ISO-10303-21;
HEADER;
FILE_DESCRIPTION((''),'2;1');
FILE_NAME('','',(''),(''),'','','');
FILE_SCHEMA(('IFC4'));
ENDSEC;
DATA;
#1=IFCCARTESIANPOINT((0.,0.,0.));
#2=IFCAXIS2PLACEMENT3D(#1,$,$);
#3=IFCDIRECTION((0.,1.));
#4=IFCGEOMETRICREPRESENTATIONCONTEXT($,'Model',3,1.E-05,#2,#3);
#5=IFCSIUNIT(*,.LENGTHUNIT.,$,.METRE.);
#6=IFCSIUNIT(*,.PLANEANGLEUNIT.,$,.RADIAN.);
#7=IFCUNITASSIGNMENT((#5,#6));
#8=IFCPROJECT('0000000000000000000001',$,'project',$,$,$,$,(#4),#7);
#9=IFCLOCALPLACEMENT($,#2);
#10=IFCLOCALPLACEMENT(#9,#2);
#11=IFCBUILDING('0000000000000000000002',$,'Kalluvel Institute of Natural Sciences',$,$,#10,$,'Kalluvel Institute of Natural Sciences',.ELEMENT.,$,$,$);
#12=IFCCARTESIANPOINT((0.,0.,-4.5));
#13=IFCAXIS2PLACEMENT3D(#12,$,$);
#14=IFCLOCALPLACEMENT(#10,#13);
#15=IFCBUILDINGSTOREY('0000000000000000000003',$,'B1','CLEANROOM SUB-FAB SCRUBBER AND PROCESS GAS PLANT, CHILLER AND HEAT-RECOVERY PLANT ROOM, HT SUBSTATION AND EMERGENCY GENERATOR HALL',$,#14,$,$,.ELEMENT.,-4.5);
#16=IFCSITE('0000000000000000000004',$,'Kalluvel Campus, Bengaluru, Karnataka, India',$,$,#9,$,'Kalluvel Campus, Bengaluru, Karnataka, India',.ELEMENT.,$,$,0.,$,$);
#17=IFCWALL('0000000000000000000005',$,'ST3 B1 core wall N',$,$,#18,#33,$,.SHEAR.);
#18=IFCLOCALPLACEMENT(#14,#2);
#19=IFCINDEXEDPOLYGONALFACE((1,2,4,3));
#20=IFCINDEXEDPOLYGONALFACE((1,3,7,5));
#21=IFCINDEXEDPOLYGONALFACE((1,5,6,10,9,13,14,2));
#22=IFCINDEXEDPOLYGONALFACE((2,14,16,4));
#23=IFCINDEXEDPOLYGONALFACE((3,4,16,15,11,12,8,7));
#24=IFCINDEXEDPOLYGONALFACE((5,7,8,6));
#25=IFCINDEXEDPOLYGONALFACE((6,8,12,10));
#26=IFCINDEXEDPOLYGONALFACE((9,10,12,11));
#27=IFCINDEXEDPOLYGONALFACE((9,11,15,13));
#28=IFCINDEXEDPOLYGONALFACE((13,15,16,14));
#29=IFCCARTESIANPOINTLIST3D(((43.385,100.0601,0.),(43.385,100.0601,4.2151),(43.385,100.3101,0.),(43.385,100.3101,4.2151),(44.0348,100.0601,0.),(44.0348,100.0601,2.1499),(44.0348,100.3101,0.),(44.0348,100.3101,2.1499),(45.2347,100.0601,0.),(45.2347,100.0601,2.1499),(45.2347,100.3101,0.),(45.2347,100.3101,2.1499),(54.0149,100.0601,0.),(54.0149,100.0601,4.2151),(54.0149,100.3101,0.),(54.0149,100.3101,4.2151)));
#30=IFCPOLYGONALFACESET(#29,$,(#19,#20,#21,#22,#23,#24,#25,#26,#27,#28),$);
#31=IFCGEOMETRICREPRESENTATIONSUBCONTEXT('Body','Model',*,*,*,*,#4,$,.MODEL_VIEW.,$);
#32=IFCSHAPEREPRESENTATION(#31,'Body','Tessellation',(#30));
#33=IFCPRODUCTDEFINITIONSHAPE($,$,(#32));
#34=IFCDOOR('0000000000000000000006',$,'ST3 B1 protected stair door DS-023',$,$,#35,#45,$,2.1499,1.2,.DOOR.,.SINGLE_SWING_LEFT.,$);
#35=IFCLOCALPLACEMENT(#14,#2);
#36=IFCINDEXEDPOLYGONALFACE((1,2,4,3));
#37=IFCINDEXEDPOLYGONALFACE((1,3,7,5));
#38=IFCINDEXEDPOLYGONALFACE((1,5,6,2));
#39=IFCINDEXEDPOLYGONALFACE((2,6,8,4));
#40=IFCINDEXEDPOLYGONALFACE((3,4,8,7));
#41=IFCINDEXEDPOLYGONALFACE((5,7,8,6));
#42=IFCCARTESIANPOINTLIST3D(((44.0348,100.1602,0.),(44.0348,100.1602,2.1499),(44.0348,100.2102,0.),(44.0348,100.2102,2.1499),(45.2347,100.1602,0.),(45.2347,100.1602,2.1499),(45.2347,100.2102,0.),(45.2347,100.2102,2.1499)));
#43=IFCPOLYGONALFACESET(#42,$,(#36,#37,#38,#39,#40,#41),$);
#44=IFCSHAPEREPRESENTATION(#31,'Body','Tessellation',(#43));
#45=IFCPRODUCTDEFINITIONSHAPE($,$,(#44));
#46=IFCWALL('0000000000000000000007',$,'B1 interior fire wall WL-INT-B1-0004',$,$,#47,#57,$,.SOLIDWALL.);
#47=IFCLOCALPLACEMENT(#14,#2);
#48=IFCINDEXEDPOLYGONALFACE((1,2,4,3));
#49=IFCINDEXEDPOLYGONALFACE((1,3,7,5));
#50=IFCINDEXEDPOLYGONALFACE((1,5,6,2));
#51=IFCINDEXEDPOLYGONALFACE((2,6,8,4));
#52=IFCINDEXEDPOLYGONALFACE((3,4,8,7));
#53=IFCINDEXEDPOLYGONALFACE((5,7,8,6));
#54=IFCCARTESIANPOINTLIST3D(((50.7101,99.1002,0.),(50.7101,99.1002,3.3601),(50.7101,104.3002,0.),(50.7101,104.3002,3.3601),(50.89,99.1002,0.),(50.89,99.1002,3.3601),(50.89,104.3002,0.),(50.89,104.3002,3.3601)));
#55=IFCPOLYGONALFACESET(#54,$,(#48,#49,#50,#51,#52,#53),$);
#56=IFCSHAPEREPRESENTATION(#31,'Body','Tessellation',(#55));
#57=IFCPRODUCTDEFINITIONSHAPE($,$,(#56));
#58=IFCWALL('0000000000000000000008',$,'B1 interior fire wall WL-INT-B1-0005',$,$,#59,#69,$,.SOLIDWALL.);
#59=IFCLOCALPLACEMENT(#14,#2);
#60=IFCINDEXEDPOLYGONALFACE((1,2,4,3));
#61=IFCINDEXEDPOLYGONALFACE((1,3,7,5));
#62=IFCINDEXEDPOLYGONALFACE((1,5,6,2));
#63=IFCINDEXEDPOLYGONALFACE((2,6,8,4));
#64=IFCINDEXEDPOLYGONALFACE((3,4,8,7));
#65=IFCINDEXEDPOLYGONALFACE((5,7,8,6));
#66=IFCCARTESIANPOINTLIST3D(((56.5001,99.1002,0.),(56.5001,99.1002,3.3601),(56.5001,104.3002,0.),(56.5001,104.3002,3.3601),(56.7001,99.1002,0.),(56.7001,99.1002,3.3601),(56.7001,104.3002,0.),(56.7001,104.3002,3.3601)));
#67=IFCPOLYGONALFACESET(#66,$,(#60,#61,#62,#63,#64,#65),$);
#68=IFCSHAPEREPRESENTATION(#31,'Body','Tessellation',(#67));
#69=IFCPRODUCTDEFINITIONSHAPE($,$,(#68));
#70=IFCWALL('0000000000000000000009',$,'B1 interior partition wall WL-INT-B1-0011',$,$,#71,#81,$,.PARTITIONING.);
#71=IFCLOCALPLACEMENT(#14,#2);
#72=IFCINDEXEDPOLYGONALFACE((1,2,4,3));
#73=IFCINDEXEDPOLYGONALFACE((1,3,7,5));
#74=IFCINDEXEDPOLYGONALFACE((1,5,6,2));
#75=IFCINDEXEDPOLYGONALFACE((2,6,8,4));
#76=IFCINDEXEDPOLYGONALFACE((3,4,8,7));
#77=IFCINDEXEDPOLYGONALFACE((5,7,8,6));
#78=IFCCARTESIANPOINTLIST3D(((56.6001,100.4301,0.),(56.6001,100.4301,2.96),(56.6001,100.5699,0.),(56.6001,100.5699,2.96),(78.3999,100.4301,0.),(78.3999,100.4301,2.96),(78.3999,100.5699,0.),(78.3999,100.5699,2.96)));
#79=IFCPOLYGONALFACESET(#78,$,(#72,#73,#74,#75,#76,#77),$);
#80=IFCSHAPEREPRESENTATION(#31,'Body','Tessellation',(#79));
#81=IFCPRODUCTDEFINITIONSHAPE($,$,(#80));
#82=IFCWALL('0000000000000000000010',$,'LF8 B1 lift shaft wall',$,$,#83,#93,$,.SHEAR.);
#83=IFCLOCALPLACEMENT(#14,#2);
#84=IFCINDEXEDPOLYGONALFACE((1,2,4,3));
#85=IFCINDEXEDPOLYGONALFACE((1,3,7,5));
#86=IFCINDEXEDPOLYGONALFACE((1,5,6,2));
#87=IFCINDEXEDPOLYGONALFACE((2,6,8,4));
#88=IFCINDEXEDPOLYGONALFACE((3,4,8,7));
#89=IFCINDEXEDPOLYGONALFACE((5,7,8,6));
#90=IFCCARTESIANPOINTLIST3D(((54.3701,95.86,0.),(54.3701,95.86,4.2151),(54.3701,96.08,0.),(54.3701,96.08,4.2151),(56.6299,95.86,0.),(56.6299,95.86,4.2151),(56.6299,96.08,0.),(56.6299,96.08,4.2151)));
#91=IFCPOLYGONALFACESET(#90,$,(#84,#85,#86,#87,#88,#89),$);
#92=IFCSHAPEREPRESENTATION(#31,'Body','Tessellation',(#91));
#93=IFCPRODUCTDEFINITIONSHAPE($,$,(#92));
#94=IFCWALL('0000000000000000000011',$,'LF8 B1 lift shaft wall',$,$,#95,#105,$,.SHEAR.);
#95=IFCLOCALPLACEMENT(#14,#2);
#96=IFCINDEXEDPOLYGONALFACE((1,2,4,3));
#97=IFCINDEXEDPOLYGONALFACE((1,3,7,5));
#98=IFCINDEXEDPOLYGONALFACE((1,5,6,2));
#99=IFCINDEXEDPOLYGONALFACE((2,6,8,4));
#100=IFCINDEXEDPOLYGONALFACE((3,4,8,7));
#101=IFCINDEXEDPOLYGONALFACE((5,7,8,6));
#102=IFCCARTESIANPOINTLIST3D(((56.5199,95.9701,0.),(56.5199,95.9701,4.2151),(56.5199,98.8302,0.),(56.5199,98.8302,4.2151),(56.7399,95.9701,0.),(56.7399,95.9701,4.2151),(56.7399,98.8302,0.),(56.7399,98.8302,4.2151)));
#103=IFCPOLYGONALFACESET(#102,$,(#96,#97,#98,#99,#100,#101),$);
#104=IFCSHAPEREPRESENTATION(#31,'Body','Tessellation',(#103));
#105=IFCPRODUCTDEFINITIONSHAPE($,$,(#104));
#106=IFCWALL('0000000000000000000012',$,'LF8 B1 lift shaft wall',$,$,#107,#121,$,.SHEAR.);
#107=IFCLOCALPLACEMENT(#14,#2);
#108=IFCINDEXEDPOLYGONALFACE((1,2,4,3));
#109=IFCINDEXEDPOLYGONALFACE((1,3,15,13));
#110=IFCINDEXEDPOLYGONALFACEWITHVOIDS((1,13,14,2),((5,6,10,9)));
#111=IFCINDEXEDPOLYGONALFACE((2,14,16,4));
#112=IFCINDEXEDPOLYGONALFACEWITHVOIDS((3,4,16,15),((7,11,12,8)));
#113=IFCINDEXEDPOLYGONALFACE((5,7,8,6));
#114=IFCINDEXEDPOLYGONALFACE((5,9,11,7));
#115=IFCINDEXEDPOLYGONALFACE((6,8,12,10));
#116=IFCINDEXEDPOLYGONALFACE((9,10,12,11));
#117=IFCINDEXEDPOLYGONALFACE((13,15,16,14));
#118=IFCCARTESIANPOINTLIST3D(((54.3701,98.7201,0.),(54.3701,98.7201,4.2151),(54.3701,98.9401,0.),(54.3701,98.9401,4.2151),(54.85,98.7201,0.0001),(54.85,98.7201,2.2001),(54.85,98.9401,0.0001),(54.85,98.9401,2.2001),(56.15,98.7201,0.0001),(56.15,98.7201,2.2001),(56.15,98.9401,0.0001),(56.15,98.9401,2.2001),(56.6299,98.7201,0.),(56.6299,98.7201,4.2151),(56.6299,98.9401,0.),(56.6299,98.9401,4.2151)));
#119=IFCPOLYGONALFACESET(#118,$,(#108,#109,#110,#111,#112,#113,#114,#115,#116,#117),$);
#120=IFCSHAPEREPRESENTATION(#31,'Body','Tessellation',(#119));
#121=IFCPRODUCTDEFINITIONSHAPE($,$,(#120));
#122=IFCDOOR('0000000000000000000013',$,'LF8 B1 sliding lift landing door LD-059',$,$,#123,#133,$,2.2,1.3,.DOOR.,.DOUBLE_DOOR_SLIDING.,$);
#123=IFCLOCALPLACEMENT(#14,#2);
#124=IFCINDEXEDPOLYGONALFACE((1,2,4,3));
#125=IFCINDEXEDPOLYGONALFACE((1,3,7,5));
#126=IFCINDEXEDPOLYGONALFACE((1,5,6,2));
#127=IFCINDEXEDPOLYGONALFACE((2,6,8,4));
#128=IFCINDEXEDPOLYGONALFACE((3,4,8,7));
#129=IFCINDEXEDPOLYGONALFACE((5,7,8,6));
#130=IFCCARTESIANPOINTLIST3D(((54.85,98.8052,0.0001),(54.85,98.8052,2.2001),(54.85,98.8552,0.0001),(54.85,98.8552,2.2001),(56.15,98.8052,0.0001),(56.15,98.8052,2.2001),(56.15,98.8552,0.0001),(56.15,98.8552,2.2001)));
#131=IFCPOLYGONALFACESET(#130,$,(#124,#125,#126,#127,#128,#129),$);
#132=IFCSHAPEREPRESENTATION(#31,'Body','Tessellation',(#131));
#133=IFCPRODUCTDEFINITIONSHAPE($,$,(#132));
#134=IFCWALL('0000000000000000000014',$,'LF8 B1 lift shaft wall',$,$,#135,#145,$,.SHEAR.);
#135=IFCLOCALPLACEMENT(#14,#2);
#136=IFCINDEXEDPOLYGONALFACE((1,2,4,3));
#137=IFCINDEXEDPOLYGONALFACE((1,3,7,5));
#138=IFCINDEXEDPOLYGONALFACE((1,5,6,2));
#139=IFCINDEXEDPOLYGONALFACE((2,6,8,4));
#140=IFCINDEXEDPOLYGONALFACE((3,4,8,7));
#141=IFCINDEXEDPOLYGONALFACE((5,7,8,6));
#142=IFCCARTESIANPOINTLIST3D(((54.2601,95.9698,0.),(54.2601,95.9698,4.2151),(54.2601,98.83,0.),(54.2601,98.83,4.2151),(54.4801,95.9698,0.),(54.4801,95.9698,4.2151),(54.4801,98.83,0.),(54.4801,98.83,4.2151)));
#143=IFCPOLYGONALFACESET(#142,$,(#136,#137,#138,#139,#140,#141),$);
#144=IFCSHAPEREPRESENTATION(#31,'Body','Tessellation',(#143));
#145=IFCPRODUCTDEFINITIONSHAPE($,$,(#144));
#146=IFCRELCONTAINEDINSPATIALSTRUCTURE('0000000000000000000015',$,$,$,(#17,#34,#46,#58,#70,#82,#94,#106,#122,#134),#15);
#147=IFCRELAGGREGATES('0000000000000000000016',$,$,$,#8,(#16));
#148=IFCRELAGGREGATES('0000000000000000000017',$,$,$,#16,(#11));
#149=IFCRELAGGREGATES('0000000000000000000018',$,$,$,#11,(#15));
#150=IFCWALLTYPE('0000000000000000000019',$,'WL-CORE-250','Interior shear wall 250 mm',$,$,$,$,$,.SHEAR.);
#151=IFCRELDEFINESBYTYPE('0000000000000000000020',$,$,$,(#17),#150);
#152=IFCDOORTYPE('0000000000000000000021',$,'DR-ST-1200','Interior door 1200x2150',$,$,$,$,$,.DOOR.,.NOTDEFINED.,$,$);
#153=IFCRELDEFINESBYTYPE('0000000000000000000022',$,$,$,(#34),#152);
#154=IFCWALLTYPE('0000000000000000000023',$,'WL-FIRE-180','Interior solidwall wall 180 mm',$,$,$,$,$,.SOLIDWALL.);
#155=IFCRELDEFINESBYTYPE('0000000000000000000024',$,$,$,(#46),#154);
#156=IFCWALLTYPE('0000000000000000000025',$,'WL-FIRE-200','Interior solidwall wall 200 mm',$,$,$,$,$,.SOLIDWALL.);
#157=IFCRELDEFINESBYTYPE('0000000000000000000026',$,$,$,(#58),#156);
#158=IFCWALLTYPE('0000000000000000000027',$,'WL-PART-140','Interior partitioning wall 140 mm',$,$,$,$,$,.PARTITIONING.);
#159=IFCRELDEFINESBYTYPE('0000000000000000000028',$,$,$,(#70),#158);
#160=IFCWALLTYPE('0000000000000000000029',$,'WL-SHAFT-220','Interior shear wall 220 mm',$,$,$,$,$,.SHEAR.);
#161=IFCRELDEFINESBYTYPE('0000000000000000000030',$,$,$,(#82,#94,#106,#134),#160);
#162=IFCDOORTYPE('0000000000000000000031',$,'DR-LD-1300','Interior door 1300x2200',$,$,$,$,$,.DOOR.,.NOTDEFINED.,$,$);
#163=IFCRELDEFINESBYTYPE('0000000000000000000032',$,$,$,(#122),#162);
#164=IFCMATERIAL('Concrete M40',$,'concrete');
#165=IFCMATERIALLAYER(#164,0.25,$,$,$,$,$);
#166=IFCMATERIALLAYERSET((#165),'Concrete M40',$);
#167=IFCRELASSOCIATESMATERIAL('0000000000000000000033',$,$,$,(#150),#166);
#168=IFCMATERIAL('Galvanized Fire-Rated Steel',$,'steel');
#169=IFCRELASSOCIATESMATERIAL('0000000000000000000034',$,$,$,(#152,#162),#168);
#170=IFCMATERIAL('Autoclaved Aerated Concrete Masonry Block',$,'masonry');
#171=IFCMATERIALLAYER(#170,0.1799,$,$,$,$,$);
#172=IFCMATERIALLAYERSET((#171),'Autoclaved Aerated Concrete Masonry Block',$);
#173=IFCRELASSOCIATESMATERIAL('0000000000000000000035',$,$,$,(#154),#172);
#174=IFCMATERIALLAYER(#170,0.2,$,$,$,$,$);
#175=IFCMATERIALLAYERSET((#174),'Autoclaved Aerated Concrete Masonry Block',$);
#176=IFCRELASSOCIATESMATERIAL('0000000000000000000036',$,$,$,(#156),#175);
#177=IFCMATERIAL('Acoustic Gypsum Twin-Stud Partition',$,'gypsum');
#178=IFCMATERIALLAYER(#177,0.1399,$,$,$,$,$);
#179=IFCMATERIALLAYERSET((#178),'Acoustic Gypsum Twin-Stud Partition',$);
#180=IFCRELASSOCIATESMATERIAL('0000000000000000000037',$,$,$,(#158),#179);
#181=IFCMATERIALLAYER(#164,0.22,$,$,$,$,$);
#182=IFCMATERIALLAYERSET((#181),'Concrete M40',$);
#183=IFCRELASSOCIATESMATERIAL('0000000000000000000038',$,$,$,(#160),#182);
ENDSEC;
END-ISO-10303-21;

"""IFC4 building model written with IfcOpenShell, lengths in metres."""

from ifc_helpers import new_model, si_unit, direction, frame, frame_2d, origin, place, context, subcontext, project, spatial, rectangle, extrude, material, layer, layer_set, type_object, element, fill, save


model = new_model("IFC4")

# Units and contexts
model_context = context("Model", 3, precision=1e-05, world=origin(), true_north=direction((0.0, 1.0)))
body_context = subcontext(model_context, "Body", "Model", "MODEL_VIEW")
ifc_project = project(units=[si_unit("LENGTHUNIT", "METRE"), si_unit("PLANEANGLEUNIT", "RADIAN")], contexts=[model_context])

# Site, building, storey
site_placement = place(None, origin())
site = spatial("IfcSite", under=ifc_project, at=site_placement, Name="Kalluvel Campus, Bengaluru, Karnataka, India", LongName="Kalluvel Campus, Bengaluru, Karnataka, India", CompositionType="ELEMENT", RefElevation=0.0)
building_placement = place(site_placement, origin())
building = spatial("IfcBuilding", under=site, at=building_placement, Name="Kalluvel Institute of Natural Sciences", LongName="Kalluvel Institute of Natural Sciences", CompositionType="ELEMENT")
storey_placement = place(building_placement, frame((0.0, 0.0, -4.5)))
storey = spatial("IfcBuildingStorey", under=building, at=storey_placement, Name="B1", Description="CLEANROOM SUB-FAB SCRUBBER AND PROCESS GAS PLANT, CHILLER AND HEAT-RECOVERY PLANT ROOM, HT SUBSTATION AND EMERGENCY GENERATOR HALL", CompositionType="ELEMENT", Elevation=-4.5)

# Shared definitions
ifc_material_1 = material(Name="Concrete M40", Category="concrete")

# Shared definitions
ifc_layer_1 = layer(ifc_material_1, 0.25)
ifc_layer_set_1 = layer_set([ifc_layer_1], Name="Concrete M40")
wall_type_1 = type_object("IfcWallType", Name="WL-CORE-250", Description="Interior shear wall 250 mm", PredefinedType="SHEAR", material=ifc_layer_set_1)

# Wall, opening, door
wall_1_placement = place(storey_placement, frame((54.0149, 100.1851, 0.0), z_axis=(0.0, 0.0, 1.0), x_axis=(-1.0, 0.0, 0.0)))
wall_1 = element("IfcWall", 1, at=wall_1_placement, inside=storey, type_object=wall_type_1, Name="ST3 B1 core wall N", PredefinedType="SHEAR", context=body_context, shape_type="SweptSolid", body=[
    extrude(rectangle(XDim=10.6299, YDim=0.25, at=frame_2d((5.3149, 0.0))), origin(), (0.0, 0.0, 1.0), 4.2151),
])
opening_1_placement = place(wall_1_placement, frame((8.78, 0.0, 0.0)))
opening_1 = element("IfcOpeningElement", 2, at=opening_1_placement, cuts=wall_1, PredefinedType="OPENING", context=body_context, shape_type="SweptSolid", body=[
    extrude(rectangle(XDim=1.2, YDim=2.1499, at=frame_2d((0.6001, 1.075))), frame((0.0, 0.135, 0.0), z_axis=(0.0, -1.0, 0.0), x_axis=(1.0, 0.0, 0.0)), (0.0, 0.0, 1.0), 0.27),
])
ifc_material_2 = material(Name="Galvanized Fire-Rated Steel", Category="steel")
door_type_1 = type_object("IfcDoorType", Name="DR-ST-1200", Description="Interior door 1200x2150", OperationType="NOTDEFINED", PredefinedType="DOOR", material=ifc_material_2)
door_1_placement = place(opening_1_placement, origin())
door_1 = element("IfcDoor", 3, at=door_1_placement, inside=storey, type_object=door_type_1, Name="ST3 B1 protected stair door DS-023", OperationType="SINGLE_SWING_LEFT", OverallHeight=2.1499, OverallWidth=1.2, PredefinedType="DOOR", context=body_context, shape_type="SweptSolid", body=[
    extrude(rectangle(XDim=1.2, YDim=2.1499, at=frame_2d((0.6001, 1.075))), frame((0.0, 0.0249, 0.0), z_axis=(0.0, -1.0, 0.0), x_axis=(1.0, 0.0, 0.0)), (0.0, 0.0, 1.0), 0.05),
])
fill(opening_1, door_1)

# Walls
ifc_material_3 = material(Name="Autoclaved Aerated Concrete Masonry Block", Category="masonry")
ifc_layer_2 = layer(ifc_material_3, 0.1799)
ifc_layer_set_2 = layer_set([ifc_layer_2], Name="Autoclaved Aerated Concrete Masonry Block")
wall_type_2 = type_object("IfcWallType", Name="WL-FIRE-180", Description="Interior solidwall wall 180 mm", PredefinedType="SOLIDWALL", material=ifc_layer_set_2)
wall_2_placement = place(storey_placement, frame((50.8, 99.1001, 0.0), z_axis=(0.0, 0.0, 1.0), x_axis=(0.0, 1.0, 0.0)))
element("IfcWall", 4, at=wall_2_placement, inside=storey, type_object=wall_type_2, Name="B1 interior fire wall WL-INT-B1-0004", PredefinedType="SOLIDWALL", context=body_context, shape_type="SweptSolid", body=[
    extrude(rectangle(XDim=5.2, YDim=0.1799, at=frame_2d((2.6001, 0.0))), origin(), (0.0, 0.0, 1.0), 3.3601),
])
ifc_layer_3 = layer(ifc_material_3, 0.2)
ifc_layer_set_3 = layer_set([ifc_layer_3], Name="Autoclaved Aerated Concrete Masonry Block")
wall_type_3 = type_object("IfcWallType", Name="WL-FIRE-200", Description="Interior solidwall wall 200 mm", PredefinedType="SOLIDWALL", material=ifc_layer_set_3)
wall_3_placement = place(storey_placement, frame((56.6001, 99.1001, 0.0), z_axis=(0.0, 0.0, 1.0), x_axis=(0.0, 1.0, 0.0)))
element("IfcWall", 5, at=wall_3_placement, inside=storey, type_object=wall_type_3, Name="B1 interior fire wall WL-INT-B1-0005", PredefinedType="SOLIDWALL", context=body_context, shape_type="SweptSolid", body=[
    extrude(rectangle(XDim=5.2, YDim=0.2, at=frame_2d((2.6001, 0.0))), origin(), (0.0, 0.0, 1.0), 3.3601),
])
ifc_material_4 = material(Name="Acoustic Gypsum Twin-Stud Partition", Category="gypsum")
ifc_layer_4 = layer(ifc_material_4, 0.1399)
ifc_layer_set_4 = layer_set([ifc_layer_4], Name="Acoustic Gypsum Twin-Stud Partition")
wall_type_4 = type_object("IfcWallType", Name="WL-PART-140", Description="Interior partitioning wall 140 mm", PredefinedType="PARTITIONING", material=ifc_layer_set_4)
wall_4_placement = place(storey_placement, frame((56.6001, 100.5, 0.0), z_axis=(0.0, 0.0, 1.0), x_axis=(1.0, 0.0, 0.0)))
element("IfcWall", 6, at=wall_4_placement, inside=storey, type_object=wall_type_4, Name="B1 interior partition wall WL-INT-B1-0011", PredefinedType="PARTITIONING", context=body_context, shape_type="SweptSolid", body=[
    extrude(rectangle(XDim=21.7998, YDim=0.1399, at=frame_2d((10.8999, 0.0))), origin(), (0.0, 0.0, 1.0), 2.96),
])
ifc_layer_5 = layer(ifc_material_1, 0.22)
ifc_layer_set_5 = layer_set([ifc_layer_5], Name="Concrete M40")
wall_type_5 = type_object("IfcWallType", Name="WL-SHAFT-220", Description="Interior shear wall 220 mm", PredefinedType="SHEAR", material=ifc_layer_set_5)
wall_5_placement = place(storey_placement, frame((54.3701, 95.97, 0.0), z_axis=(0.0, 0.0, 1.0), x_axis=(1.0, 0.0, 0.0)))
element("IfcWall", 7, at=wall_5_placement, inside=storey, type_object=wall_type_5, Name="LF8 B1 lift shaft wall", PredefinedType="SHEAR", context=body_context, shape_type="SweptSolid", body=[
    extrude(rectangle(XDim=2.2598, YDim=0.22, at=frame_2d((1.1299, 0.0))), origin(), (0.0, 0.0, 1.0), 4.2151),
])
wall_6_placement = place(storey_placement, frame((56.6299, 95.97, 0.0), z_axis=(0.0, 0.0, 1.0), x_axis=(0.0, 1.0, 0.0)))
element("IfcWall", 8, at=wall_6_placement, inside=storey, type_object=wall_type_5, Name="LF8 B1 lift shaft wall", PredefinedType="SHEAR", context=body_context, shape_type="SweptSolid", body=[
    extrude(rectangle(XDim=2.8601, YDim=0.22, at=frame_2d((1.4302, 0.0))), origin(), (0.0, 0.0, 1.0), 4.2151),
])

# Wall, opening, door
wall_7_placement = place(storey_placement, frame((56.6299, 98.8301, 0.0), z_axis=(0.0, 0.0, 1.0), x_axis=(-1.0, 0.0, 0.0)))
wall_7 = element("IfcWall", 9, at=wall_7_placement, inside=storey, type_object=wall_type_5, Name="LF8 B1 lift shaft wall", PredefinedType="SHEAR", context=body_context, shape_type="SweptSolid", body=[
    extrude(rectangle(XDim=2.2598, YDim=0.22, at=frame_2d((1.1299, 0.0))), origin(), (0.0, 0.0, 1.0), 4.2151),
])
opening_2_placement = place(wall_7_placement, frame((0.48, 0.0, 0.0)))
opening_2 = element("IfcOpeningElement", 10, at=opening_2_placement, cuts=wall_7, PredefinedType="OPENING", context=body_context, shape_type="SweptSolid", body=[
    extrude(rectangle(XDim=1.3, YDim=2.2, at=frame_2d((0.6499, 1.1001))), frame((0.0, 0.1199, 0.0), z_axis=(0.0, -1.0, 0.0), x_axis=(1.0, 0.0, 0.0)), (0.0, 0.0, 1.0), 0.24),
])
door_type_2 = type_object("IfcDoorType", Name="DR-LD-1300", Description="Interior door 1300x2200", OperationType="NOTDEFINED", PredefinedType="DOOR", material=ifc_material_2)
door_2_placement = place(opening_2_placement, origin())
door_2 = element("IfcDoor", 11, at=door_2_placement, inside=storey, type_object=door_type_2, Name="LF8 B1 sliding lift landing door LD-059", OperationType="DOUBLE_DOOR_SLIDING", OverallHeight=2.2, OverallWidth=1.3, PredefinedType="DOOR", context=body_context, shape_type="SweptSolid", body=[
    extrude(rectangle(XDim=1.3, YDim=2.2, at=frame_2d((0.6499, 1.1001))), frame((0.0, 0.0249, 0.0), z_axis=(0.0, -1.0, 0.0), x_axis=(1.0, 0.0, 0.0)), (0.0, 0.0, 1.0), 0.05),
])
fill(opening_2, door_2)

# Wall
wall_8_placement = place(storey_placement, frame((54.3701, 98.8301, 0.0), z_axis=(0.0, 0.0, 1.0), x_axis=(0.0, -1.0, 0.0)))
element("IfcWall", 12, at=wall_8_placement, inside=storey, type_object=wall_type_5, Name="LF8 B1 lift shaft wall", PredefinedType="SHEAR", context=body_context, shape_type="SweptSolid", body=[
    extrude(rectangle(XDim=2.8601, YDim=0.22, at=frame_2d((1.4302, 0.0))), origin(), (0.0, 0.0, 1.0), 4.2151),
])

save(model, "model.ifc")
